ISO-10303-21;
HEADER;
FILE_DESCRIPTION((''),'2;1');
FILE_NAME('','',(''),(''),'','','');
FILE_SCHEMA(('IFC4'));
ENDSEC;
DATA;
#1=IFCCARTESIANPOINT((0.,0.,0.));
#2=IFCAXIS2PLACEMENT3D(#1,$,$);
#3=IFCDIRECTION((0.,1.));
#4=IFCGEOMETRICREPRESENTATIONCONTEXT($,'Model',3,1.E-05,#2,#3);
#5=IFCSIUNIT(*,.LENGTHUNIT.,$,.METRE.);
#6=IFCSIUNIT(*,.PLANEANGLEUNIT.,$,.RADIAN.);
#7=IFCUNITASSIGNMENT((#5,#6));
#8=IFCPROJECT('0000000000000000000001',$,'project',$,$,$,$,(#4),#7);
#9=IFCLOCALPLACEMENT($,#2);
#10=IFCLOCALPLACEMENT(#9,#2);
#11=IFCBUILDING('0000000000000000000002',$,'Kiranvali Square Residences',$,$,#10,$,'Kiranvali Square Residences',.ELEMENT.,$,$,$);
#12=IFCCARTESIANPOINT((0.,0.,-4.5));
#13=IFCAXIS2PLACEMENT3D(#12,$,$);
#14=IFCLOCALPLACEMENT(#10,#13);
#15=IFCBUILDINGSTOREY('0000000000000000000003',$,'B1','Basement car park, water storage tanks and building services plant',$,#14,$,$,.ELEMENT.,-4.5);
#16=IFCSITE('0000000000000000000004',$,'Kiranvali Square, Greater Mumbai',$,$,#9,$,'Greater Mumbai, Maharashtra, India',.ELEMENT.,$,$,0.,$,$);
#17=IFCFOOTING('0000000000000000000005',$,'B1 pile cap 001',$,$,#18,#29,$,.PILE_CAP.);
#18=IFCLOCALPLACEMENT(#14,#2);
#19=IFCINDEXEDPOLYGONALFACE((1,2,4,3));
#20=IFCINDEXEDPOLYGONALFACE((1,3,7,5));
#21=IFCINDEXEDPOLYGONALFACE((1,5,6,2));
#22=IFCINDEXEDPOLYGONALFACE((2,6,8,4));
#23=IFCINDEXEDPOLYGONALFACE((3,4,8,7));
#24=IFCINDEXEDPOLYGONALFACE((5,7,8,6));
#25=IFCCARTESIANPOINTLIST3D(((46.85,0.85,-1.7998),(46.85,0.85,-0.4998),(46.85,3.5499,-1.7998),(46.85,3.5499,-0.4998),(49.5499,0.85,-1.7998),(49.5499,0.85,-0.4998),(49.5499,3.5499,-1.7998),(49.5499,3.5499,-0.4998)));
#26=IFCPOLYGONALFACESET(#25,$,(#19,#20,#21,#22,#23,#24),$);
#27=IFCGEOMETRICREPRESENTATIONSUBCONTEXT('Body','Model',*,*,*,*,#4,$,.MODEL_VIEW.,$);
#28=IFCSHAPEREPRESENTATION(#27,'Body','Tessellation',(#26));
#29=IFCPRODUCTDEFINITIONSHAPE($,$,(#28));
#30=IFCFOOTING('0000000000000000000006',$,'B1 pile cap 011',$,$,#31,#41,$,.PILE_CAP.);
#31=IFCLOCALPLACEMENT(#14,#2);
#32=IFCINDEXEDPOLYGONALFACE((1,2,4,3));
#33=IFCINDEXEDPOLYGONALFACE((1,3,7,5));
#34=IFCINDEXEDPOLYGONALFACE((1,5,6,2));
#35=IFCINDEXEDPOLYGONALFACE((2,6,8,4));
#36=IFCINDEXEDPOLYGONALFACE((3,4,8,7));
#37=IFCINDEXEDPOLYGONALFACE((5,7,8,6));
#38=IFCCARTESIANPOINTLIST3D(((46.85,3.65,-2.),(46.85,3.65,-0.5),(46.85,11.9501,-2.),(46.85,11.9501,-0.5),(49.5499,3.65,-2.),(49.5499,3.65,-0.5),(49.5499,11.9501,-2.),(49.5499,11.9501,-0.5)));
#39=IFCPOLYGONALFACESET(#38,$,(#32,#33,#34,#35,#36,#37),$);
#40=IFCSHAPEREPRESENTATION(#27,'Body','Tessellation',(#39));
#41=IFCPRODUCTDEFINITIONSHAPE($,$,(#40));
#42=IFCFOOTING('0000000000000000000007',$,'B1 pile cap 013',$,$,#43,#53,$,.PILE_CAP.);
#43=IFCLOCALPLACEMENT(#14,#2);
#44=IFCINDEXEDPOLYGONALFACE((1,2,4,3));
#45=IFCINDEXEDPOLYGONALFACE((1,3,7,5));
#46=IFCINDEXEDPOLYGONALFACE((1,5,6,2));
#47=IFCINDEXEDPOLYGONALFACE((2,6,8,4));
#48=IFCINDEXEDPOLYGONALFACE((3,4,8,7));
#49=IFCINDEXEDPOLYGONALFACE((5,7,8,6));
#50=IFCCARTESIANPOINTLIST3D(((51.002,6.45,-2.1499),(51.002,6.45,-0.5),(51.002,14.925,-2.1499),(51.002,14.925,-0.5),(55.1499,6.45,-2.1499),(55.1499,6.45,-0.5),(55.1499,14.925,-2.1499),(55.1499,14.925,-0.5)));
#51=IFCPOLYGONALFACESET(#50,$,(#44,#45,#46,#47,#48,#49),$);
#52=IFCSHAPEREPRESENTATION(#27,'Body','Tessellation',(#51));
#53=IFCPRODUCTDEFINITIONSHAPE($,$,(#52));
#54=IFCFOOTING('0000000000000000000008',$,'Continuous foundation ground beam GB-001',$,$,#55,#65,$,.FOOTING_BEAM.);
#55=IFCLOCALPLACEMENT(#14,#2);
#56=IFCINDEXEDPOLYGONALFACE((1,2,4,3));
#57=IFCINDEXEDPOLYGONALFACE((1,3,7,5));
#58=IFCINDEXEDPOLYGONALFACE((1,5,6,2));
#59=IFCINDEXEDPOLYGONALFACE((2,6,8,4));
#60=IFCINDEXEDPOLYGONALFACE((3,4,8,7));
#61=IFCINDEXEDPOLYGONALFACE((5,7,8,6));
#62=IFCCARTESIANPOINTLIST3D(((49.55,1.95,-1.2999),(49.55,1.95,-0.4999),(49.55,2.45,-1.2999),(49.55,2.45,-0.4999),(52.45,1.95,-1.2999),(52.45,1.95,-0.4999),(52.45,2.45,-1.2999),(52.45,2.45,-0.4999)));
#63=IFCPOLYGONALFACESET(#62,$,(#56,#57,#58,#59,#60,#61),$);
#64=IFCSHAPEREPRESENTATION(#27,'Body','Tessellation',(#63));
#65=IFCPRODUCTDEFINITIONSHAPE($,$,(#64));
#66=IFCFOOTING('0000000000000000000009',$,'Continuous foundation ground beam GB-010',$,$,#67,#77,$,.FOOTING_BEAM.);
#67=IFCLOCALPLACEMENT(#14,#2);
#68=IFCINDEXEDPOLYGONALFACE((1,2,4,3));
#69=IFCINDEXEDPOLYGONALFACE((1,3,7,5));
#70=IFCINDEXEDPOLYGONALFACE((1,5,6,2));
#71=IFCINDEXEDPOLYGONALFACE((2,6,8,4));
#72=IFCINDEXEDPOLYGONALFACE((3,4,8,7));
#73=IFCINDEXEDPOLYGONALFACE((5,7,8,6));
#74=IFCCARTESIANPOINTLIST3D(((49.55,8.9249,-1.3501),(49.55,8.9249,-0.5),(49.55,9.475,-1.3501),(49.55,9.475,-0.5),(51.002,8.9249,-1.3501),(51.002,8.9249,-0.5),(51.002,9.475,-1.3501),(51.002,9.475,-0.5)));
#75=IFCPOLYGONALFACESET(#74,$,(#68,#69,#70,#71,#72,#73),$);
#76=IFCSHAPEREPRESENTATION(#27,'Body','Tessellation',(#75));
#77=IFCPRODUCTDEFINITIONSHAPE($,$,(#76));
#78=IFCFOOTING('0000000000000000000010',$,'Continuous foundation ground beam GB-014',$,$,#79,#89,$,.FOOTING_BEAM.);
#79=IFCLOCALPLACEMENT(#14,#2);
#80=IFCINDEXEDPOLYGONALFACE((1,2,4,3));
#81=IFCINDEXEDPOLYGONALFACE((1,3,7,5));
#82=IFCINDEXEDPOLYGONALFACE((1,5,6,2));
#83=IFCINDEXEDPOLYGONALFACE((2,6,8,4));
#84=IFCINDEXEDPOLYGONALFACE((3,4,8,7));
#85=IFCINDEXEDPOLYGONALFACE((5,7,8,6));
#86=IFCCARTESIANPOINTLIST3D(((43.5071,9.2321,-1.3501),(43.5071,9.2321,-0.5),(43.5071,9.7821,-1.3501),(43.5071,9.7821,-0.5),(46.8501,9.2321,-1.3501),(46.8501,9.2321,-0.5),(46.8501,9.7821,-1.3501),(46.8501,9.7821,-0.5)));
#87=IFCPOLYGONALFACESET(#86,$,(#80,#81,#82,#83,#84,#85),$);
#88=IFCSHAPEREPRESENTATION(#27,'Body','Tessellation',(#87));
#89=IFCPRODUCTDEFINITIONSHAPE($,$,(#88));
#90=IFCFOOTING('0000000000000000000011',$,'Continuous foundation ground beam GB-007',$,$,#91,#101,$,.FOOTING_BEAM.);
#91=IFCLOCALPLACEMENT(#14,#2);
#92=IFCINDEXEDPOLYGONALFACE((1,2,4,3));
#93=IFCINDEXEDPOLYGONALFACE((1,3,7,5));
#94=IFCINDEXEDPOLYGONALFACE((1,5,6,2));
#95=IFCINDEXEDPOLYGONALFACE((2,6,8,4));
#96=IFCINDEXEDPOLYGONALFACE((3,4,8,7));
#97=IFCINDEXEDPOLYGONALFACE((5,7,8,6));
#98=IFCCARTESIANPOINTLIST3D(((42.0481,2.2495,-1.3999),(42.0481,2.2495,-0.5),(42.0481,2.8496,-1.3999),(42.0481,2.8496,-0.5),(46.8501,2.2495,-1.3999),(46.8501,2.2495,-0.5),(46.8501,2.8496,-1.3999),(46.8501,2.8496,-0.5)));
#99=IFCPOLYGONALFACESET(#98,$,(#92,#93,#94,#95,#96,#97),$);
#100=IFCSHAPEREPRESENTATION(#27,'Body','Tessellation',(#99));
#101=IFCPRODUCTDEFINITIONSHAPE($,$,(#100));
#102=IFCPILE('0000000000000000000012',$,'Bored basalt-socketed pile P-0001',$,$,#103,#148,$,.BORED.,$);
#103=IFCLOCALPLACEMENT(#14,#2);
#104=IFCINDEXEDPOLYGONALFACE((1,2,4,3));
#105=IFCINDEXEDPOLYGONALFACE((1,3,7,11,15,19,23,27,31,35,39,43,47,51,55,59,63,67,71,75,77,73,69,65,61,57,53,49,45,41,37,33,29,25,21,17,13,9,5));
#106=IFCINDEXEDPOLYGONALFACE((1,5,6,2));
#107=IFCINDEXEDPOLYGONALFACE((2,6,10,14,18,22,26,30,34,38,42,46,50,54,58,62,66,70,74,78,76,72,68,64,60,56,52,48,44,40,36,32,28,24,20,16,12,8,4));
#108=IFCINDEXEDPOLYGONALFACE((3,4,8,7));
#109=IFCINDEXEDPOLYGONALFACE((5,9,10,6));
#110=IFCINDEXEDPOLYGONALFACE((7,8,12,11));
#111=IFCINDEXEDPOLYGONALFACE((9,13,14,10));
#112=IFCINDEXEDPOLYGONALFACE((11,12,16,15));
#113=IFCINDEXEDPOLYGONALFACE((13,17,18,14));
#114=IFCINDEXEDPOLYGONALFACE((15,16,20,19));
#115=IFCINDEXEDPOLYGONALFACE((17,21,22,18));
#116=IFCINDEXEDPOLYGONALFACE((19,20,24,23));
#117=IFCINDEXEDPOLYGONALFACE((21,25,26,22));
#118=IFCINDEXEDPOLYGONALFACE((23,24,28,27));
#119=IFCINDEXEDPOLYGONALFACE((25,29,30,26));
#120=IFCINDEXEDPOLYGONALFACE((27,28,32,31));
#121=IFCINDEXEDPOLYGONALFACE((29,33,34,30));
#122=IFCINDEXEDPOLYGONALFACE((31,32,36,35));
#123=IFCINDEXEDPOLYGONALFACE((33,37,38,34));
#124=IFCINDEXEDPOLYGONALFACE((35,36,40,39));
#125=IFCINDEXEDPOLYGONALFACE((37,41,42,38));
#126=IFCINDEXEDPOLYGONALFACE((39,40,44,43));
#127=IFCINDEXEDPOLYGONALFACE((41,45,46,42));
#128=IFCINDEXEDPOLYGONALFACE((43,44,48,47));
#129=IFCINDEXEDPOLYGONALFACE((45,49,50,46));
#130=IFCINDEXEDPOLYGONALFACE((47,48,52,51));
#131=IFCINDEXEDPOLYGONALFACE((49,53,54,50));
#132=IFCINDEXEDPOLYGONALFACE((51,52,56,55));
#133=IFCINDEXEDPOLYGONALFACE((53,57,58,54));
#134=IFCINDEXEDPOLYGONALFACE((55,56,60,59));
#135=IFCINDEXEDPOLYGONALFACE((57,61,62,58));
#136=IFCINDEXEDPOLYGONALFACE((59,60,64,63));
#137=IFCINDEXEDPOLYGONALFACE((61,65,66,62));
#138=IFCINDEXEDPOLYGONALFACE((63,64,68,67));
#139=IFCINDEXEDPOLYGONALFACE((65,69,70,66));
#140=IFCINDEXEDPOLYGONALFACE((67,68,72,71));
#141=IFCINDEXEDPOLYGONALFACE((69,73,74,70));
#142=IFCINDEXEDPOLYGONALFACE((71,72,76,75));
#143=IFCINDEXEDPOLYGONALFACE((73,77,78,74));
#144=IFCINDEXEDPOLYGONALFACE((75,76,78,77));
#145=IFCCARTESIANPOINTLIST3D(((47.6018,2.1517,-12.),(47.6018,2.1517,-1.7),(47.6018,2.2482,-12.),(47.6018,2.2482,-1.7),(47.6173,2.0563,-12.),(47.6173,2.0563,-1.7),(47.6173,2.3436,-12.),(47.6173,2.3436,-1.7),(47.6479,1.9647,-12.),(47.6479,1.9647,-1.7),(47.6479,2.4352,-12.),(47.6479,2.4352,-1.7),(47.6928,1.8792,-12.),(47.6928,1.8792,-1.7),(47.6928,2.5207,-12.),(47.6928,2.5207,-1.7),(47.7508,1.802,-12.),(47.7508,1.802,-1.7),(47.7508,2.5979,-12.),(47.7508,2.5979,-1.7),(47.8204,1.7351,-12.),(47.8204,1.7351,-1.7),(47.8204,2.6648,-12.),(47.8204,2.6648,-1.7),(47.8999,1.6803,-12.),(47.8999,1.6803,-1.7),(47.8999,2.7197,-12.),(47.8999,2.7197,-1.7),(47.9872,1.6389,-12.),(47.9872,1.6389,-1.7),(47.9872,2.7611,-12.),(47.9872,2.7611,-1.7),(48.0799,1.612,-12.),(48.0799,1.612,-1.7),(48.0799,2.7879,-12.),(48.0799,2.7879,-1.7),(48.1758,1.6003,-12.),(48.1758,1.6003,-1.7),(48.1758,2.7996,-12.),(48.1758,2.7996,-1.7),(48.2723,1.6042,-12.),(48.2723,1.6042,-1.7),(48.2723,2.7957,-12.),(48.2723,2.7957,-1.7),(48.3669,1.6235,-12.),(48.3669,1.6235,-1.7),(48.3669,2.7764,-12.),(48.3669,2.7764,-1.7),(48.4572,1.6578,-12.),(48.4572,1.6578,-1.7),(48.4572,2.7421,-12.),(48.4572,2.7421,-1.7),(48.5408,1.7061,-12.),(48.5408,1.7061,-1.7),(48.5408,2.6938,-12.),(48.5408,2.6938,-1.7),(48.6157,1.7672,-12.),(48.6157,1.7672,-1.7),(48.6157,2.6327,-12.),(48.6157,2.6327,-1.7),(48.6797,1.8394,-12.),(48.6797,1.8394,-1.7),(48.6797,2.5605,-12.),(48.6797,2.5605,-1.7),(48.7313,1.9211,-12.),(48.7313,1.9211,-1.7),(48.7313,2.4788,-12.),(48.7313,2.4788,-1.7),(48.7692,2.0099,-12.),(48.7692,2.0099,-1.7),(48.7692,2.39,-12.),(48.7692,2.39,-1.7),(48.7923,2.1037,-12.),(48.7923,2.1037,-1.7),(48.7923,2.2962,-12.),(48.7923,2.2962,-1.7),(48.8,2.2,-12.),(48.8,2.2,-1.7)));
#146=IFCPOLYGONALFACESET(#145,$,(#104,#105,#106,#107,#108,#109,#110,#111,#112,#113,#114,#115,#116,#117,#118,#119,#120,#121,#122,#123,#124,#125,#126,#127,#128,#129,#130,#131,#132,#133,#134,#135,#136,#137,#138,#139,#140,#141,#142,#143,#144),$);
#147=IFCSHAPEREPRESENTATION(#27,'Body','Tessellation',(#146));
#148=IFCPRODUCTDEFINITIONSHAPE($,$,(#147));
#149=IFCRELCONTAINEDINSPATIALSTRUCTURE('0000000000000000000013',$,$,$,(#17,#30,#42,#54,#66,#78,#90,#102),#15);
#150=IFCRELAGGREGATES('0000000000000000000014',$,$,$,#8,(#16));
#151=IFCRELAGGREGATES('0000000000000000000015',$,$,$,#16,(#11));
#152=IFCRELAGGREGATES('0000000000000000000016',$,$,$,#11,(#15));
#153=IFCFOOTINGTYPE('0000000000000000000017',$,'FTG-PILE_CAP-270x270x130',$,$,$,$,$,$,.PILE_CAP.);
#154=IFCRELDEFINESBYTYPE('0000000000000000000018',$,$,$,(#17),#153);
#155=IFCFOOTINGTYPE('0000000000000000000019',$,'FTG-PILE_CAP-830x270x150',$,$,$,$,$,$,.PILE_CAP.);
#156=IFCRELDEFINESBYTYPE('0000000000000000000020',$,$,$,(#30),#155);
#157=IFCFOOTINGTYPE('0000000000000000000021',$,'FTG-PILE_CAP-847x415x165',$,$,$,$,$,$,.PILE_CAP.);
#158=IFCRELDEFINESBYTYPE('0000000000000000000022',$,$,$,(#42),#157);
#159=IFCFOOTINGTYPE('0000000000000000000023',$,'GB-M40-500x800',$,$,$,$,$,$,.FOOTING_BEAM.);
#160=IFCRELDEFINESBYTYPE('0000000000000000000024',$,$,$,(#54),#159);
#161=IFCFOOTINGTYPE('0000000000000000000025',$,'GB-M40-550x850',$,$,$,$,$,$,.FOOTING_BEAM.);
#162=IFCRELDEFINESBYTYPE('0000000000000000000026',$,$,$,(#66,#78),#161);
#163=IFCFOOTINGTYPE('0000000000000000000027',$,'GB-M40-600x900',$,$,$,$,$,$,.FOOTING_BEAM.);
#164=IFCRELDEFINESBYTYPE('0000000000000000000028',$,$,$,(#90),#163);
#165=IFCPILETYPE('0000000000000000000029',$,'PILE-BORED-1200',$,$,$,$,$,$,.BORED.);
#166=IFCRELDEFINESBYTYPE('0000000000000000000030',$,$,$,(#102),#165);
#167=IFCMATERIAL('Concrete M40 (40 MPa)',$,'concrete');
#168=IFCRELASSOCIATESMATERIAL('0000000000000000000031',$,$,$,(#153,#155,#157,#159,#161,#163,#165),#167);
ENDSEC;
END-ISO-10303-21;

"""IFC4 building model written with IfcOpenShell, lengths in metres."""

from ifc_helpers import new_model, si_unit, direction, frame, origin, origin_2d, place, context, subcontext, project, spatial, rectangle, circle, extrude, material, material_profile, profile_set, type_object, element, save


model = new_model("IFC4")

# Units and contexts
model_context = context("Model", 3, precision=1e-05, world=origin(), true_north=direction((0.0, 1.0)))
body_context = subcontext(model_context, "Body", "Model", "MODEL_VIEW")
ifc_project = project(units=[si_unit("LENGTHUNIT", "METRE"), si_unit("PLANEANGLEUNIT", "RADIAN")], contexts=[model_context])

# Site, building, storey
site_placement = place(None, origin())
site = spatial("IfcSite", under=ifc_project, at=site_placement, Name="Kiranvali Square, Greater Mumbai", LongName="Greater Mumbai, Maharashtra, India", CompositionType="ELEMENT", RefElevation=0.0)
building_placement = place(site_placement, origin())
building = spatial("IfcBuilding", under=site, at=building_placement, Name="Kiranvali Square Residences", LongName="Kiranvali Square Residences", CompositionType="ELEMENT")
storey_placement = place(building_placement, frame((0.0, 0.0, -4.5)))
storey = spatial("IfcBuildingStorey", under=building, at=storey_placement, Name="B1", Description="Basement car park, water storage tanks and building services plant", CompositionType="ELEMENT", Elevation=-4.5)

# Footings
ifc_material_1 = material(Name="Concrete M40 (40 MPa)", Category="concrete")
footing_type_1 = type_object("IfcFootingType", Name="FTG-PILE_CAP-270x270x130", PredefinedType="PILE_CAP", material=ifc_material_1)
footing_1_placement = place(storey_placement, frame((48.2, 2.2, -1.7998), z_axis=(0.0, 0.0, 1.0), x_axis=(1.0, 0.0, 0.0)))
element("IfcFooting", 1, at=footing_1_placement, inside=storey, type_object=footing_type_1, Name="B1 pile cap 001", PredefinedType="PILE_CAP", context=body_context, shape_type="SweptSolid", body=[
    extrude(rectangle(XDim=2.7, YDim=2.7, at=origin_2d()), origin(), (0.0, 0.0, 1.0), 1.3),
])
footing_type_2 = type_object("IfcFootingType", Name="FTG-PILE_CAP-830x270x150", PredefinedType="PILE_CAP", material=ifc_material_1)
footing_2_placement = place(storey_placement, frame((48.2, 7.8, -2.0), z_axis=(0.0, 0.0, 1.0), x_axis=(0.0, 1.0, 0.0)))
element("IfcFooting", 2, at=footing_2_placement, inside=storey, type_object=footing_type_2, Name="B1 pile cap 011", PredefinedType="PILE_CAP", context=body_context, shape_type="SweptSolid", body=[
    extrude(rectangle(XDim=8.3, YDim=2.7, at=origin_2d()), origin(), (0.0, 0.0, 1.0), 1.5),
])
footing_type_3 = type_object("IfcFootingType", Name="FTG-PILE_CAP-847x415x165", PredefinedType="PILE_CAP", material=ifc_material_1)
footing_3_placement = place(storey_placement, frame((53.0759, 10.6875, -2.1499), z_axis=(0.0, 0.0, 1.0), x_axis=(0.0, 1.0, 0.0)))
element("IfcFooting", 3, at=footing_3_placement, inside=storey, type_object=footing_type_3, Name="B1 pile cap 013", PredefinedType="PILE_CAP", context=body_context, shape_type="SweptSolid", body=[
    extrude(rectangle(XDim=8.4751, YDim=4.1479, at=origin_2d()), origin(), (0.0, 0.0, 1.0), 1.6499),
])
ifc_material_profile_1 = material_profile(ifc_material_1, rectangle(XDim=0.5, YDim=0.8, at=origin_2d()), Name="GB 500x800")
ifc_profile_set_1 = profile_set([ifc_material_profile_1], Name="Concrete M40 (40 MPa)")
footing_type_4 = type_object("IfcFootingType", Name="GB-M40-500x800", PredefinedType="FOOTING_BEAM", material=ifc_profile_set_1)
footing_4_placement = place(storey_placement, frame((49.55, 2.2, -0.8999), z_axis=(1.0, 0.0, 0.0), x_axis=(0.0, 1.0, 0.0)))
element("IfcFooting", 4, at=footing_4_placement, inside=storey, type_object=footing_type_4, Name="Continuous foundation ground beam GB-001", PredefinedType="FOOTING_BEAM", context=body_context, shape_type="SweptSolid", body=[
    extrude(rectangle(XDim=0.5, YDim=0.8, at=origin_2d()), origin(), (0.0, 0.0, 1.0), 2.8999),
])
ifc_material_profile_2 = material_profile(ifc_material_1, rectangle(XDim=0.55, YDim=0.8501, at=origin_2d()), Name="GB 550x850")
ifc_profile_set_2 = profile_set([ifc_material_profile_2], Name="Concrete M40 (40 MPa)")
footing_type_5 = type_object("IfcFootingType", Name="GB-M40-550x850", PredefinedType="FOOTING_BEAM", material=ifc_profile_set_2)
footing_5_placement = place(storey_placement, frame((49.55, 9.2, -0.925), z_axis=(1.0, 0.0, 0.0), x_axis=(0.0, 1.0, 0.0)))
element("IfcFooting", 5, at=footing_5_placement, inside=storey, type_object=footing_type_5, Name="Continuous foundation ground beam GB-010", PredefinedType="FOOTING_BEAM", context=body_context, shape_type="SweptSolid", body=[
    extrude(rectangle(XDim=0.55, YDim=0.8501, at=origin_2d()), origin(), (0.0, 0.0, 1.0), 1.4519),
])
footing_6_placement = place(storey_placement, frame((43.5071, 9.5071, -0.925), z_axis=(1.0, 0.0, 0.0), x_axis=(0.0, 1.0, 0.0)))
element("IfcFooting", 6, at=footing_6_placement, inside=storey, type_object=footing_type_5, Name="Continuous foundation ground beam GB-014", PredefinedType="FOOTING_BEAM", context=body_context, shape_type="SweptSolid", body=[
    extrude(rectangle(XDim=0.55, YDim=0.8501, at=origin_2d()), origin(), (0.0, 0.0, 1.0), 3.343),
])
ifc_material_profile_3 = material_profile(ifc_material_1, rectangle(XDim=0.6001, YDim=0.8999, at=origin_2d()), Name="GB 600x900")
ifc_profile_set_3 = profile_set([ifc_material_profile_3], Name="Concrete M40 (40 MPa)")
footing_type_6 = type_object("IfcFootingType", Name="GB-M40-600x900", PredefinedType="FOOTING_BEAM", material=ifc_profile_set_3)
footing_7_placement = place(storey_placement, frame((42.0481, 2.5496, -0.95), z_axis=(1.0, 0.0, 0.0), x_axis=(0.0, 1.0, 0.0)))
element("IfcFooting", 7, at=footing_7_placement, inside=storey, type_object=footing_type_6, Name="Continuous foundation ground beam GB-007", PredefinedType="FOOTING_BEAM", context=body_context, shape_type="SweptSolid", body=[
    extrude(rectangle(XDim=0.6001, YDim=0.8999, at=origin_2d()), origin(), (0.0, 0.0, 1.0), 4.802),
])

# Pile
ifc_material_profile_4 = material_profile(ifc_material_1, circle(Radius=0.6001, at=origin_2d()), Name="BORED PILE 1200")
ifc_profile_set_4 = profile_set([ifc_material_profile_4], Name="Concrete M40 (40 MPa)")
pile_type = type_object("IfcPileType", Name="PILE-BORED-1200", PredefinedType="BORED", material=ifc_profile_set_4)
pile_placement = place(storey_placement, frame((48.2, 2.2, -1.7), z_axis=(0.0, 0.0, -1.0), x_axis=(1.0, 0.0, 0.0)))
element("IfcPile", 8, at=pile_placement, inside=storey, type_object=pile_type, Name="Bored basalt-socketed pile P-0001", PredefinedType="BORED", context=body_context, shape_type="SweptSolid", body=[
    extrude(circle(Radius=0.6001, at=origin_2d()), origin(), (0.0, 0.0, 1.0), 10.3),
])

save(model, "model.ifc")
